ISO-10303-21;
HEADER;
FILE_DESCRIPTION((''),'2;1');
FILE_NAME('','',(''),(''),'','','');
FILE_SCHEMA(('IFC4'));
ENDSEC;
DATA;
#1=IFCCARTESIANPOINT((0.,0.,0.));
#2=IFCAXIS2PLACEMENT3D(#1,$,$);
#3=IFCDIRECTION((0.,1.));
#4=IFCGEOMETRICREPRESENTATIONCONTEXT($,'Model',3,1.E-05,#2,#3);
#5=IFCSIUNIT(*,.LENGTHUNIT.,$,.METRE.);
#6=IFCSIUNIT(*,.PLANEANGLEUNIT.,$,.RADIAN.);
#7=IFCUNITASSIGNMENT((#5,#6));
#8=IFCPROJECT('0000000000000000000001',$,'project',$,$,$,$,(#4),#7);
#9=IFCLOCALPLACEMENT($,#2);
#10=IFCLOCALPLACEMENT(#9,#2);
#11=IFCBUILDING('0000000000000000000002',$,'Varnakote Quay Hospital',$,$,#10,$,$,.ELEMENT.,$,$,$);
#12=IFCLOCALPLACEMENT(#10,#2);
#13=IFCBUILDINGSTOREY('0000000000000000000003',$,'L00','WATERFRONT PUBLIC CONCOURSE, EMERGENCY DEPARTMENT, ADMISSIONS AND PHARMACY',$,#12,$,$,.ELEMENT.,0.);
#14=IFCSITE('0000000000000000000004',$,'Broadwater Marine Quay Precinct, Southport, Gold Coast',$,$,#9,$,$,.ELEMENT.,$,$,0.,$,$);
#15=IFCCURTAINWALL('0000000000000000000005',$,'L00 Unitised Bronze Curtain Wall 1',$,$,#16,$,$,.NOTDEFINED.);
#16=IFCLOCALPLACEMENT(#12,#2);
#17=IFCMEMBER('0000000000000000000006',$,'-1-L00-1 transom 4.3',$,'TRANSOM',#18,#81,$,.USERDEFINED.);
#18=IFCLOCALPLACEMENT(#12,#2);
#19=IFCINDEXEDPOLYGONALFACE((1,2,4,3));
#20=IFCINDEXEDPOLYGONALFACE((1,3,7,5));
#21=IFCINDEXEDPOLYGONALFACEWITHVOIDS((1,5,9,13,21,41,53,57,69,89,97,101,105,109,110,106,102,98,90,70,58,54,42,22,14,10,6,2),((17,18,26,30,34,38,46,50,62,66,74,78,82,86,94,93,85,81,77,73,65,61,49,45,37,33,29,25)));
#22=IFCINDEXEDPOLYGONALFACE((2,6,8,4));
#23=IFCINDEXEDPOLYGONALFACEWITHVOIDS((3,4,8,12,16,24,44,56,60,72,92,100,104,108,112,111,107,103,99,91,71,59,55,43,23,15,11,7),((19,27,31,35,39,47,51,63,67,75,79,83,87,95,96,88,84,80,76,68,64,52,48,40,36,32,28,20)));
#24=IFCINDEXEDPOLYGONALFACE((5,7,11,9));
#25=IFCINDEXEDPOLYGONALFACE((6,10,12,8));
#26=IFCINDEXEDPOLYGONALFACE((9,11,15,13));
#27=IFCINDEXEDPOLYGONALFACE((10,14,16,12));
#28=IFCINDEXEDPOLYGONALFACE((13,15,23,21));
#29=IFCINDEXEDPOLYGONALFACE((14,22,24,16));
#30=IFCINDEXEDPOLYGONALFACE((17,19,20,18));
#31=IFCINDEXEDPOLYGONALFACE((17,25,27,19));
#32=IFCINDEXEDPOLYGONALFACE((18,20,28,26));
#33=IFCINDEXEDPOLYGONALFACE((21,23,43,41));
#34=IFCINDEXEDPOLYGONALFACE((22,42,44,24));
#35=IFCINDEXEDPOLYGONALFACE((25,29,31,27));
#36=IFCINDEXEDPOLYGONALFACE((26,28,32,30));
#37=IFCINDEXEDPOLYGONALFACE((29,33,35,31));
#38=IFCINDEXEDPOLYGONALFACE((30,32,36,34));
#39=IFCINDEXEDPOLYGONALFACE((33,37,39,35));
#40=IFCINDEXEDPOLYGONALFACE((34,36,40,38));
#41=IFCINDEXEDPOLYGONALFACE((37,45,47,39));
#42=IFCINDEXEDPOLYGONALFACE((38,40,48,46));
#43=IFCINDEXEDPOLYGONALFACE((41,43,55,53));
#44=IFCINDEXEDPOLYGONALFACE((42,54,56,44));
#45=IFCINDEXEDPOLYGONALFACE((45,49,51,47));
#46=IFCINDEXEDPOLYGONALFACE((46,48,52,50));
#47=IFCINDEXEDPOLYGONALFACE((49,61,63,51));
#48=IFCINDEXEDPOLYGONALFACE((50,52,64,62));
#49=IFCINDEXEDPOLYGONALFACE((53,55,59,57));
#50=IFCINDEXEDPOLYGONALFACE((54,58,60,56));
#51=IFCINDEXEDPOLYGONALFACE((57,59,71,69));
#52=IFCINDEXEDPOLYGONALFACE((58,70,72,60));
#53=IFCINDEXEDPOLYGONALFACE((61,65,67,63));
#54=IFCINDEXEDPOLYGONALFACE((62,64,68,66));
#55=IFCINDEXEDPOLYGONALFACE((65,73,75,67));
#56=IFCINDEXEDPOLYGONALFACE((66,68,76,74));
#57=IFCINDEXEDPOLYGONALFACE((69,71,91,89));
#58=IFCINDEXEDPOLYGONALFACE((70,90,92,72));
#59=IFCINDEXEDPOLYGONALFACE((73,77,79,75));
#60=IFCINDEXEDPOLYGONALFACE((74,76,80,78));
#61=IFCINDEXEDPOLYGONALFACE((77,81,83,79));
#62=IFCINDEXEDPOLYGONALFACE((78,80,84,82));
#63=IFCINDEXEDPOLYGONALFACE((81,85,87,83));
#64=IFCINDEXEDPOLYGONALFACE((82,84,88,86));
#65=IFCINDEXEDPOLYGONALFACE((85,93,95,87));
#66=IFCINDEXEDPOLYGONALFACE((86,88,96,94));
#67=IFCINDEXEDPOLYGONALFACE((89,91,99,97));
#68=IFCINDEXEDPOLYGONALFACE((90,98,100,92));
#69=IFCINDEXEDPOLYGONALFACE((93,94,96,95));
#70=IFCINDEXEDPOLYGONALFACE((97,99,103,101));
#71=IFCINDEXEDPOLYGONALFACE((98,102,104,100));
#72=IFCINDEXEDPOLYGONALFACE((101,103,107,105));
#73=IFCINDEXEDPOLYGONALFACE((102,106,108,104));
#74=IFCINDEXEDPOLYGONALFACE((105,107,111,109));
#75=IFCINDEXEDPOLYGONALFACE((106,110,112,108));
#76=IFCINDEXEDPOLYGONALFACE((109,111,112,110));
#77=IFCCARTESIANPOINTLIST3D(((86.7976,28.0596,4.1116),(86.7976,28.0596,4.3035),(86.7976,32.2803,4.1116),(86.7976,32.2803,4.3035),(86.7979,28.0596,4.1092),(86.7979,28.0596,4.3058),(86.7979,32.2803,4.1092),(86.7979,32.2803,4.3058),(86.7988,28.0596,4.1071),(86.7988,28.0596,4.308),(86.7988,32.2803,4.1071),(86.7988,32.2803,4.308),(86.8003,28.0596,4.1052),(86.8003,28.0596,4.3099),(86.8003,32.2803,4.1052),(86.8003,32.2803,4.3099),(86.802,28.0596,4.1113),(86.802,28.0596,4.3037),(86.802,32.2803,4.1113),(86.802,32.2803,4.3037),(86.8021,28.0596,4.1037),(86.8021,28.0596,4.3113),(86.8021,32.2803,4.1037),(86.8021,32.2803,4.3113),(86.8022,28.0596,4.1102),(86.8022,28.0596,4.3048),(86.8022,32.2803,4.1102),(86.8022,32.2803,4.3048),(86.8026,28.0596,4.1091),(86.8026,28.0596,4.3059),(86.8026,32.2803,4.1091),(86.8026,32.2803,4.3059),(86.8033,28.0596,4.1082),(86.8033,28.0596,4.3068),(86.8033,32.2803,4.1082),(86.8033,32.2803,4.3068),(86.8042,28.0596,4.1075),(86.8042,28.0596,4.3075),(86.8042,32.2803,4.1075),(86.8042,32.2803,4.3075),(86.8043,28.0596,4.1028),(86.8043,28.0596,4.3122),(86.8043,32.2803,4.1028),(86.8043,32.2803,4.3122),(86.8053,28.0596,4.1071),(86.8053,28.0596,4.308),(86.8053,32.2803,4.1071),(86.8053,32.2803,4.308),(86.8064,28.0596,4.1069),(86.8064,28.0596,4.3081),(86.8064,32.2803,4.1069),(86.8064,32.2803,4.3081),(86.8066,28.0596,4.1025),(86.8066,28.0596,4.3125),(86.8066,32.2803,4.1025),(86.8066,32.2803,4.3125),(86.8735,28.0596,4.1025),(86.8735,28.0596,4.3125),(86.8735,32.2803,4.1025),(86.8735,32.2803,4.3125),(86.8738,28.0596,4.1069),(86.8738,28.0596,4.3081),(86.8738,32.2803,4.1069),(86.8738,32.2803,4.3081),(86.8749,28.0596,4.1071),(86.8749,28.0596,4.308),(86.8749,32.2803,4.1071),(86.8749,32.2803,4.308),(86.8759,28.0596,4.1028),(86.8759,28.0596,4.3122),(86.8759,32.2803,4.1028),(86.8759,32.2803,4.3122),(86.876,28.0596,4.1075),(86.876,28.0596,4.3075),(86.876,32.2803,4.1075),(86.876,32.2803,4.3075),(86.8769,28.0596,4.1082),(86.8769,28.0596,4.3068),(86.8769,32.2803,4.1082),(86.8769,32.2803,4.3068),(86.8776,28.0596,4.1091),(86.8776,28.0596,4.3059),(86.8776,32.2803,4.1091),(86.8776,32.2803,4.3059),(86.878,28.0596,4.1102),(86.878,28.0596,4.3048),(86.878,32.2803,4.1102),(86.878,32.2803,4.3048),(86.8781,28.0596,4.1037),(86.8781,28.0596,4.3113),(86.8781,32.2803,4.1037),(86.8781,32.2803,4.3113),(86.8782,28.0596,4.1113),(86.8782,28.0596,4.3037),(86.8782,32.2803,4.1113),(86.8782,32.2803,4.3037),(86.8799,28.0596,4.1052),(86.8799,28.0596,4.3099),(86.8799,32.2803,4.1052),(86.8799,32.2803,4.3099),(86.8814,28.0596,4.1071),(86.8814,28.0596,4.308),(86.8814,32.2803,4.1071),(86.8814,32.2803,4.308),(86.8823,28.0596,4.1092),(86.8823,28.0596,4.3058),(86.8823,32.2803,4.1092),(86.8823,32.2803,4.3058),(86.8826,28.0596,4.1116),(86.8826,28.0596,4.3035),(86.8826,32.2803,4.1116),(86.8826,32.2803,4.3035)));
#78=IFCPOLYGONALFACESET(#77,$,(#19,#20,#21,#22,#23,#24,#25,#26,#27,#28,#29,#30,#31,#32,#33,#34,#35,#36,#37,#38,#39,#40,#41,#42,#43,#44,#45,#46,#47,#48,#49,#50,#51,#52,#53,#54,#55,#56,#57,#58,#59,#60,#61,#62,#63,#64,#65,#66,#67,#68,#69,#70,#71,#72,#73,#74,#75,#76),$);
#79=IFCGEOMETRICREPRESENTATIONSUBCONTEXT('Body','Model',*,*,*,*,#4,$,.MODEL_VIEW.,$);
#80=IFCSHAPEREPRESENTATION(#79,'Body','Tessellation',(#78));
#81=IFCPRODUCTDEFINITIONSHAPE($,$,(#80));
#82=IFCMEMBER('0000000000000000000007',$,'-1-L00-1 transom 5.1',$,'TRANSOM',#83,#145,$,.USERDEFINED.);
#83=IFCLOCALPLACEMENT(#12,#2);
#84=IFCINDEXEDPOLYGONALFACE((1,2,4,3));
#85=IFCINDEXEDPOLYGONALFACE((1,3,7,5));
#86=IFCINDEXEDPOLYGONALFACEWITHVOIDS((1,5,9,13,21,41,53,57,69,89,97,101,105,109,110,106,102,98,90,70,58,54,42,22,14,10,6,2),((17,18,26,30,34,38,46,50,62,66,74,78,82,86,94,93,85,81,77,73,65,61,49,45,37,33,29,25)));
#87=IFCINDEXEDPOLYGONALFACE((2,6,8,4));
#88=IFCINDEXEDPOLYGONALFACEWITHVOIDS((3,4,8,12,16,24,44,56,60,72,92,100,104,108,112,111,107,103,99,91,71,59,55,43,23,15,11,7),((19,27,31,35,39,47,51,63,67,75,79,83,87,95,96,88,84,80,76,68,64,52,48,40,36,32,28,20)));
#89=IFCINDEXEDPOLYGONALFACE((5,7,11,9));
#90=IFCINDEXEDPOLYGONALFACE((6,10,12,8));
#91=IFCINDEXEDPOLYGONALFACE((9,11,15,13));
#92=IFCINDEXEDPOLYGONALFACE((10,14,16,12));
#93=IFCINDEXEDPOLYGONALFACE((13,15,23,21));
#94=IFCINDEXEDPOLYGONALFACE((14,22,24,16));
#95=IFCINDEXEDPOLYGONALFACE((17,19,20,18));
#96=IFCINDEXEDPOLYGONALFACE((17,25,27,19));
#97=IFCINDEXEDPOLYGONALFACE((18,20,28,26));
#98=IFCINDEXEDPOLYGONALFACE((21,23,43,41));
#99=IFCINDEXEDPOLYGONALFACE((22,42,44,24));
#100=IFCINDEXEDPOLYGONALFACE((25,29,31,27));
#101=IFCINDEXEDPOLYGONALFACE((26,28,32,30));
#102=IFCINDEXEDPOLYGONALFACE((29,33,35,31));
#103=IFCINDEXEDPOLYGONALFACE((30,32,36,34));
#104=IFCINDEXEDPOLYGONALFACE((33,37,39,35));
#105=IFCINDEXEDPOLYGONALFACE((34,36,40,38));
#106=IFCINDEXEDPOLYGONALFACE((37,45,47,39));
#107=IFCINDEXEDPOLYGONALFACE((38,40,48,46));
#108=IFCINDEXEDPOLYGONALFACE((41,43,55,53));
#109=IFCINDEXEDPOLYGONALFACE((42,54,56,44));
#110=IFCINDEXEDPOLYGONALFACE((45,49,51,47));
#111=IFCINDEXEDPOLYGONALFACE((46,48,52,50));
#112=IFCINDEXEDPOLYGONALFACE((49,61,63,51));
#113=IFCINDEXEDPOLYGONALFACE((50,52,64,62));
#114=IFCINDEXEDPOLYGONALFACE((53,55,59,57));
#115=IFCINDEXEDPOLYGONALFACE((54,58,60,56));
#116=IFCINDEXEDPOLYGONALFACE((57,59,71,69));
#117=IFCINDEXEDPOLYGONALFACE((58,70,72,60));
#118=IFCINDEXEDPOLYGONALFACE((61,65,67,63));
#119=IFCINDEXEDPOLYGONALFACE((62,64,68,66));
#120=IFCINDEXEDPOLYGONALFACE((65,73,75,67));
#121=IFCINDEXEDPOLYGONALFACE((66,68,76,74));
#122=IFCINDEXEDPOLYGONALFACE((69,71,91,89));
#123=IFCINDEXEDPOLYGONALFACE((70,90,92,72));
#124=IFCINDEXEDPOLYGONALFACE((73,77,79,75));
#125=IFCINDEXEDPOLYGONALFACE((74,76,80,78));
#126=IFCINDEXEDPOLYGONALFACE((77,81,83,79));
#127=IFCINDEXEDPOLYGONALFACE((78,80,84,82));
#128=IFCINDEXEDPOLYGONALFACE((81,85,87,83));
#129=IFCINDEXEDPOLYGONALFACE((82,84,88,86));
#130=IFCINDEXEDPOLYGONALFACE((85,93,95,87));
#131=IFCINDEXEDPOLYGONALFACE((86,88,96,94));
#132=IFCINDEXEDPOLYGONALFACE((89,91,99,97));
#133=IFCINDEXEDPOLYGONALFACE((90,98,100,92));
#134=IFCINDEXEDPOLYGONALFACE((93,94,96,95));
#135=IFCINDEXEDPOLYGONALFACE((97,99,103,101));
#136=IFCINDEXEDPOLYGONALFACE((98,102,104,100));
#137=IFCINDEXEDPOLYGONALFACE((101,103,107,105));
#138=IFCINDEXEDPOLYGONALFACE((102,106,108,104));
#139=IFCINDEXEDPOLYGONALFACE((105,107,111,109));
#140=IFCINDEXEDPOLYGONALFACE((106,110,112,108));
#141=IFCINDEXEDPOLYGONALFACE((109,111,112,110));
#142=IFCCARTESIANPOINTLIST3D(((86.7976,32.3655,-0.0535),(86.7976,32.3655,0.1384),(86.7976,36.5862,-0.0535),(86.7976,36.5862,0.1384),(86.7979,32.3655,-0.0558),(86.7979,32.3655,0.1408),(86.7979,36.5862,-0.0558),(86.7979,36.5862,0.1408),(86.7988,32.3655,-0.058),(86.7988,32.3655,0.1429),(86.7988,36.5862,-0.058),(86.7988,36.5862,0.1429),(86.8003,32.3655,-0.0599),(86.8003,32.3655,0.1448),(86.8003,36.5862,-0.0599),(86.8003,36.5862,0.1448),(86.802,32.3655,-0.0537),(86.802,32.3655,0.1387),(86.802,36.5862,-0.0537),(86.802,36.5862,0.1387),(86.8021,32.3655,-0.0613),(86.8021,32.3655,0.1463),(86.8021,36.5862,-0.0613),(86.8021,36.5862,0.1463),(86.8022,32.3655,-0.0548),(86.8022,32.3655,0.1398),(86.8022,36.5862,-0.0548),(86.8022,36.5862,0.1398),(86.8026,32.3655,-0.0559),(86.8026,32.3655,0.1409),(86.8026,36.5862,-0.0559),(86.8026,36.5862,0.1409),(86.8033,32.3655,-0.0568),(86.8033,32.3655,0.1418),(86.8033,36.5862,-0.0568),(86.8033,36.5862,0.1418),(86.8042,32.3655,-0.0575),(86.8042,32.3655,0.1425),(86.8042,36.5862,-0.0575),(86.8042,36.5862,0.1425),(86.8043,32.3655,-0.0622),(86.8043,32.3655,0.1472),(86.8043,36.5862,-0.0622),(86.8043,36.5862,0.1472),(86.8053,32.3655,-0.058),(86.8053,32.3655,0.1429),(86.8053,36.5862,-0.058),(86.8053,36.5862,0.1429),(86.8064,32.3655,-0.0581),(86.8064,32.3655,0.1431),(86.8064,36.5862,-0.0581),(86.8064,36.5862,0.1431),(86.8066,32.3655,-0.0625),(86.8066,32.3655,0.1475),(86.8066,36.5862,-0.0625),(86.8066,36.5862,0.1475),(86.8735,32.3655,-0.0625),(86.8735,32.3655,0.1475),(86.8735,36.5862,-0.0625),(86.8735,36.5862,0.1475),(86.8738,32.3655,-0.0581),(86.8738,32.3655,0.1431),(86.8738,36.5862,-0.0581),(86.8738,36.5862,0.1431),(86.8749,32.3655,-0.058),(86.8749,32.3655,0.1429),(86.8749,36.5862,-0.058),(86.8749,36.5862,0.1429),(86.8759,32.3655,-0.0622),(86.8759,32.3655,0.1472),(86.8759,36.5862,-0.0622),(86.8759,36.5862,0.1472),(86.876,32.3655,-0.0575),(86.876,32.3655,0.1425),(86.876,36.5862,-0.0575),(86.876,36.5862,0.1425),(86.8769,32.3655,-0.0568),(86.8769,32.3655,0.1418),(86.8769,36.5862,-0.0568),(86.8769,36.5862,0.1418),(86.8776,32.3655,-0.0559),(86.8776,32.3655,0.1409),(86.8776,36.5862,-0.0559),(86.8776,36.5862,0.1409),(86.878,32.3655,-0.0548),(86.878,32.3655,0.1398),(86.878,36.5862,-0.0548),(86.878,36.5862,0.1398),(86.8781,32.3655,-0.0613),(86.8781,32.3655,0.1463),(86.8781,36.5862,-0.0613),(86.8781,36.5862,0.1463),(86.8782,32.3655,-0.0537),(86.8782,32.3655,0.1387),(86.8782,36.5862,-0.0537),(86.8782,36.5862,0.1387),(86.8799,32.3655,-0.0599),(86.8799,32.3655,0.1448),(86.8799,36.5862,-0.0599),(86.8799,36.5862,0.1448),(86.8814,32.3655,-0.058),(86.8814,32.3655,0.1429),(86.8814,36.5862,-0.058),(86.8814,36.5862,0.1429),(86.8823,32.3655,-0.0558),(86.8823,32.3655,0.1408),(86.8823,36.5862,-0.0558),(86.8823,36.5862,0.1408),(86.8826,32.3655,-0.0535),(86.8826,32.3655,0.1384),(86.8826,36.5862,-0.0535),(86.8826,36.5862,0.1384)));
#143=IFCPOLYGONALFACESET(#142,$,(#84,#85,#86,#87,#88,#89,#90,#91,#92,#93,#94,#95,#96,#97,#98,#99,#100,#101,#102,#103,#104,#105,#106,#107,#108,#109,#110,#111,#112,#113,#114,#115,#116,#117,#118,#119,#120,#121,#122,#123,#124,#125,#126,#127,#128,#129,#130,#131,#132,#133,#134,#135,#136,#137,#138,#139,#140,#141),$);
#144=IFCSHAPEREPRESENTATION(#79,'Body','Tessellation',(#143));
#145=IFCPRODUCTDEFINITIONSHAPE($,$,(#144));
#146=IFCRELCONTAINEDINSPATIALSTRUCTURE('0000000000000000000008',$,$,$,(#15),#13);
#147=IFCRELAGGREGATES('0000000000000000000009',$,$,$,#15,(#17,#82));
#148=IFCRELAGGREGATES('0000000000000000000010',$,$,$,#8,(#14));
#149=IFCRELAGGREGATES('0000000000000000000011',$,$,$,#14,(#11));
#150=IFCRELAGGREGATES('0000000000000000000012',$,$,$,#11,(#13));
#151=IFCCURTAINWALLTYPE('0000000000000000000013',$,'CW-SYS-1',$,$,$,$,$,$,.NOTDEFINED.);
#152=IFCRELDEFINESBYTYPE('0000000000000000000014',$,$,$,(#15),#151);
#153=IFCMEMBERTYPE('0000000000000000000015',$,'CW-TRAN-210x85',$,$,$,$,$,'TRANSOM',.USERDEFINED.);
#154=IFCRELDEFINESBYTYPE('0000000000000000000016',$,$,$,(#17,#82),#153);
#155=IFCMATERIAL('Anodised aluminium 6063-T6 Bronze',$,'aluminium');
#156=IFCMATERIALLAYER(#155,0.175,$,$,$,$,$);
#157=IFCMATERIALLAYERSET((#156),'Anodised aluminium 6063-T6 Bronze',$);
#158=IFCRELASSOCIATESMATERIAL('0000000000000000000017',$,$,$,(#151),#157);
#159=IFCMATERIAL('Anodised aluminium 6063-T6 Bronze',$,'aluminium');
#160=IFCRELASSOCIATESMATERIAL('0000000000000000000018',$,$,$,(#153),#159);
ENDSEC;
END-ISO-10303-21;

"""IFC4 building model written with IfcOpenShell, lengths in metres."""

from ifc_helpers import new_model, si_unit, direction, frame, origin, origin_2d, place, context, subcontext, project, spatial, hollow_rectangle, extrude, material, layer, layer_set, material_profile, profile_set, type_object, element, aggregate, save


model = new_model("IFC4")

# Units and contexts
model_context = context("Model", 3, precision=1e-05, world=origin(), true_north=direction((0.0, 1.0)))
body_context = subcontext(model_context, "Body", "Model", "MODEL_VIEW")
ifc_project = project(units=[si_unit("LENGTHUNIT", "METRE"), si_unit("PLANEANGLEUNIT", "RADIAN")], contexts=[model_context])

# Site, building, storey
site_placement = place(None, origin())
site = spatial("IfcSite", under=ifc_project, at=site_placement, Name="Broadwater Marine Quay Precinct, Southport, Gold Coast", CompositionType="ELEMENT", RefElevation=0.0)
building_placement = place(site_placement, origin())
building = spatial("IfcBuilding", under=site, at=building_placement, Name="Varnakote Quay Hospital", CompositionType="ELEMENT")
storey_placement = place(building_placement, origin())
storey = spatial("IfcBuildingStorey", under=building, at=storey_placement, Name="L00", Description="WATERFRONT PUBLIC CONCOURSE, EMERGENCY DEPARTMENT, ADMISSIONS AND PHARMACY", CompositionType="ELEMENT", Elevation=0.0)

# Curtain wall, members
ifc_material_1 = material(Name="Anodised aluminium 6063-T6 Bronze", Category="aluminium")
ifc_layer_1 = layer(ifc_material_1, 0.175)
ifc_layer_set_1 = layer_set([ifc_layer_1], Name="Anodised aluminium 6063-T6 Bronze")
curtain_wall_type = type_object("IfcCurtainWallType", Name="CW-SYS-1", PredefinedType="NOTDEFINED", material=ifc_layer_set_1)
curtain_wall_placement = place(storey_placement, origin())
curtain_wall = element("IfcCurtainWall", 1, at=curtain_wall_placement, inside=storey, type_object=curtain_wall_type, Name="L00 Unitised Bronze Curtain Wall 1", PredefinedType="NOTDEFINED")
ifc_material_2 = material(Name="Anodised aluminium 6063-T6 Bronze", Category="aluminium")
ifc_material_profile_1 = material_profile(ifc_material_2, hollow_rectangle(XDim=0.085, YDim=0.21, WallThickness=0.0044, InnerFilletRadius=0.0044, OuterFilletRadius=0.009, at=origin_2d()), Name="CW-TRAN-210x85")
ifc_profile_set_1 = profile_set([ifc_material_profile_1], Name="Anodised aluminium 6063-T6 Bronze")
member_type_1 = type_object("IfcMemberType", Name="CW-TRAN-210x85", ElementType="TRANSOM", PredefinedType="USERDEFINED", material=ifc_profile_set_1)
member_1_placement = place(storey_placement, frame((86.8401, 28.0596, 4.2075), z_axis=(0.0, 1.0, 0.0), x_axis=(-1.0, 0.0, 0.0)))
member_1 = element("IfcMember", 2, at=member_1_placement, type_object=member_type_1, Name="-1-L00-1 transom 4.3", ObjectType="TRANSOM", PredefinedType="USERDEFINED", context=body_context, shape_type="SweptSolid", body=[
    extrude(hollow_rectangle(XDim=0.085, YDim=0.21, WallThickness=0.0044, InnerFilletRadius=0.0044, OuterFilletRadius=0.009, at=origin_2d()), origin(), (0.0, 0.0, 1.0), 4.2207),
])
member_2_placement = place(storey_placement, frame((86.8401, 32.3655, 0.0425), z_axis=(0.0, 1.0, 0.0), x_axis=(-1.0, 0.0, 0.0)))
member_2 = element("IfcMember", 3, at=member_2_placement, type_object=member_type_1, Name="-1-L00-1 transom 5.1", ObjectType="TRANSOM", PredefinedType="USERDEFINED", context=body_context, shape_type="SweptSolid", body=[
    extrude(hollow_rectangle(XDim=0.085, YDim=0.21, WallThickness=0.0044, InnerFilletRadius=0.0044, OuterFilletRadius=0.009, at=origin_2d()), origin(), (0.0, 0.0, 1.0), 4.2207),
])

aggregate(curtain_wall, [member_1, member_2])

save(model, "model.ifc")
